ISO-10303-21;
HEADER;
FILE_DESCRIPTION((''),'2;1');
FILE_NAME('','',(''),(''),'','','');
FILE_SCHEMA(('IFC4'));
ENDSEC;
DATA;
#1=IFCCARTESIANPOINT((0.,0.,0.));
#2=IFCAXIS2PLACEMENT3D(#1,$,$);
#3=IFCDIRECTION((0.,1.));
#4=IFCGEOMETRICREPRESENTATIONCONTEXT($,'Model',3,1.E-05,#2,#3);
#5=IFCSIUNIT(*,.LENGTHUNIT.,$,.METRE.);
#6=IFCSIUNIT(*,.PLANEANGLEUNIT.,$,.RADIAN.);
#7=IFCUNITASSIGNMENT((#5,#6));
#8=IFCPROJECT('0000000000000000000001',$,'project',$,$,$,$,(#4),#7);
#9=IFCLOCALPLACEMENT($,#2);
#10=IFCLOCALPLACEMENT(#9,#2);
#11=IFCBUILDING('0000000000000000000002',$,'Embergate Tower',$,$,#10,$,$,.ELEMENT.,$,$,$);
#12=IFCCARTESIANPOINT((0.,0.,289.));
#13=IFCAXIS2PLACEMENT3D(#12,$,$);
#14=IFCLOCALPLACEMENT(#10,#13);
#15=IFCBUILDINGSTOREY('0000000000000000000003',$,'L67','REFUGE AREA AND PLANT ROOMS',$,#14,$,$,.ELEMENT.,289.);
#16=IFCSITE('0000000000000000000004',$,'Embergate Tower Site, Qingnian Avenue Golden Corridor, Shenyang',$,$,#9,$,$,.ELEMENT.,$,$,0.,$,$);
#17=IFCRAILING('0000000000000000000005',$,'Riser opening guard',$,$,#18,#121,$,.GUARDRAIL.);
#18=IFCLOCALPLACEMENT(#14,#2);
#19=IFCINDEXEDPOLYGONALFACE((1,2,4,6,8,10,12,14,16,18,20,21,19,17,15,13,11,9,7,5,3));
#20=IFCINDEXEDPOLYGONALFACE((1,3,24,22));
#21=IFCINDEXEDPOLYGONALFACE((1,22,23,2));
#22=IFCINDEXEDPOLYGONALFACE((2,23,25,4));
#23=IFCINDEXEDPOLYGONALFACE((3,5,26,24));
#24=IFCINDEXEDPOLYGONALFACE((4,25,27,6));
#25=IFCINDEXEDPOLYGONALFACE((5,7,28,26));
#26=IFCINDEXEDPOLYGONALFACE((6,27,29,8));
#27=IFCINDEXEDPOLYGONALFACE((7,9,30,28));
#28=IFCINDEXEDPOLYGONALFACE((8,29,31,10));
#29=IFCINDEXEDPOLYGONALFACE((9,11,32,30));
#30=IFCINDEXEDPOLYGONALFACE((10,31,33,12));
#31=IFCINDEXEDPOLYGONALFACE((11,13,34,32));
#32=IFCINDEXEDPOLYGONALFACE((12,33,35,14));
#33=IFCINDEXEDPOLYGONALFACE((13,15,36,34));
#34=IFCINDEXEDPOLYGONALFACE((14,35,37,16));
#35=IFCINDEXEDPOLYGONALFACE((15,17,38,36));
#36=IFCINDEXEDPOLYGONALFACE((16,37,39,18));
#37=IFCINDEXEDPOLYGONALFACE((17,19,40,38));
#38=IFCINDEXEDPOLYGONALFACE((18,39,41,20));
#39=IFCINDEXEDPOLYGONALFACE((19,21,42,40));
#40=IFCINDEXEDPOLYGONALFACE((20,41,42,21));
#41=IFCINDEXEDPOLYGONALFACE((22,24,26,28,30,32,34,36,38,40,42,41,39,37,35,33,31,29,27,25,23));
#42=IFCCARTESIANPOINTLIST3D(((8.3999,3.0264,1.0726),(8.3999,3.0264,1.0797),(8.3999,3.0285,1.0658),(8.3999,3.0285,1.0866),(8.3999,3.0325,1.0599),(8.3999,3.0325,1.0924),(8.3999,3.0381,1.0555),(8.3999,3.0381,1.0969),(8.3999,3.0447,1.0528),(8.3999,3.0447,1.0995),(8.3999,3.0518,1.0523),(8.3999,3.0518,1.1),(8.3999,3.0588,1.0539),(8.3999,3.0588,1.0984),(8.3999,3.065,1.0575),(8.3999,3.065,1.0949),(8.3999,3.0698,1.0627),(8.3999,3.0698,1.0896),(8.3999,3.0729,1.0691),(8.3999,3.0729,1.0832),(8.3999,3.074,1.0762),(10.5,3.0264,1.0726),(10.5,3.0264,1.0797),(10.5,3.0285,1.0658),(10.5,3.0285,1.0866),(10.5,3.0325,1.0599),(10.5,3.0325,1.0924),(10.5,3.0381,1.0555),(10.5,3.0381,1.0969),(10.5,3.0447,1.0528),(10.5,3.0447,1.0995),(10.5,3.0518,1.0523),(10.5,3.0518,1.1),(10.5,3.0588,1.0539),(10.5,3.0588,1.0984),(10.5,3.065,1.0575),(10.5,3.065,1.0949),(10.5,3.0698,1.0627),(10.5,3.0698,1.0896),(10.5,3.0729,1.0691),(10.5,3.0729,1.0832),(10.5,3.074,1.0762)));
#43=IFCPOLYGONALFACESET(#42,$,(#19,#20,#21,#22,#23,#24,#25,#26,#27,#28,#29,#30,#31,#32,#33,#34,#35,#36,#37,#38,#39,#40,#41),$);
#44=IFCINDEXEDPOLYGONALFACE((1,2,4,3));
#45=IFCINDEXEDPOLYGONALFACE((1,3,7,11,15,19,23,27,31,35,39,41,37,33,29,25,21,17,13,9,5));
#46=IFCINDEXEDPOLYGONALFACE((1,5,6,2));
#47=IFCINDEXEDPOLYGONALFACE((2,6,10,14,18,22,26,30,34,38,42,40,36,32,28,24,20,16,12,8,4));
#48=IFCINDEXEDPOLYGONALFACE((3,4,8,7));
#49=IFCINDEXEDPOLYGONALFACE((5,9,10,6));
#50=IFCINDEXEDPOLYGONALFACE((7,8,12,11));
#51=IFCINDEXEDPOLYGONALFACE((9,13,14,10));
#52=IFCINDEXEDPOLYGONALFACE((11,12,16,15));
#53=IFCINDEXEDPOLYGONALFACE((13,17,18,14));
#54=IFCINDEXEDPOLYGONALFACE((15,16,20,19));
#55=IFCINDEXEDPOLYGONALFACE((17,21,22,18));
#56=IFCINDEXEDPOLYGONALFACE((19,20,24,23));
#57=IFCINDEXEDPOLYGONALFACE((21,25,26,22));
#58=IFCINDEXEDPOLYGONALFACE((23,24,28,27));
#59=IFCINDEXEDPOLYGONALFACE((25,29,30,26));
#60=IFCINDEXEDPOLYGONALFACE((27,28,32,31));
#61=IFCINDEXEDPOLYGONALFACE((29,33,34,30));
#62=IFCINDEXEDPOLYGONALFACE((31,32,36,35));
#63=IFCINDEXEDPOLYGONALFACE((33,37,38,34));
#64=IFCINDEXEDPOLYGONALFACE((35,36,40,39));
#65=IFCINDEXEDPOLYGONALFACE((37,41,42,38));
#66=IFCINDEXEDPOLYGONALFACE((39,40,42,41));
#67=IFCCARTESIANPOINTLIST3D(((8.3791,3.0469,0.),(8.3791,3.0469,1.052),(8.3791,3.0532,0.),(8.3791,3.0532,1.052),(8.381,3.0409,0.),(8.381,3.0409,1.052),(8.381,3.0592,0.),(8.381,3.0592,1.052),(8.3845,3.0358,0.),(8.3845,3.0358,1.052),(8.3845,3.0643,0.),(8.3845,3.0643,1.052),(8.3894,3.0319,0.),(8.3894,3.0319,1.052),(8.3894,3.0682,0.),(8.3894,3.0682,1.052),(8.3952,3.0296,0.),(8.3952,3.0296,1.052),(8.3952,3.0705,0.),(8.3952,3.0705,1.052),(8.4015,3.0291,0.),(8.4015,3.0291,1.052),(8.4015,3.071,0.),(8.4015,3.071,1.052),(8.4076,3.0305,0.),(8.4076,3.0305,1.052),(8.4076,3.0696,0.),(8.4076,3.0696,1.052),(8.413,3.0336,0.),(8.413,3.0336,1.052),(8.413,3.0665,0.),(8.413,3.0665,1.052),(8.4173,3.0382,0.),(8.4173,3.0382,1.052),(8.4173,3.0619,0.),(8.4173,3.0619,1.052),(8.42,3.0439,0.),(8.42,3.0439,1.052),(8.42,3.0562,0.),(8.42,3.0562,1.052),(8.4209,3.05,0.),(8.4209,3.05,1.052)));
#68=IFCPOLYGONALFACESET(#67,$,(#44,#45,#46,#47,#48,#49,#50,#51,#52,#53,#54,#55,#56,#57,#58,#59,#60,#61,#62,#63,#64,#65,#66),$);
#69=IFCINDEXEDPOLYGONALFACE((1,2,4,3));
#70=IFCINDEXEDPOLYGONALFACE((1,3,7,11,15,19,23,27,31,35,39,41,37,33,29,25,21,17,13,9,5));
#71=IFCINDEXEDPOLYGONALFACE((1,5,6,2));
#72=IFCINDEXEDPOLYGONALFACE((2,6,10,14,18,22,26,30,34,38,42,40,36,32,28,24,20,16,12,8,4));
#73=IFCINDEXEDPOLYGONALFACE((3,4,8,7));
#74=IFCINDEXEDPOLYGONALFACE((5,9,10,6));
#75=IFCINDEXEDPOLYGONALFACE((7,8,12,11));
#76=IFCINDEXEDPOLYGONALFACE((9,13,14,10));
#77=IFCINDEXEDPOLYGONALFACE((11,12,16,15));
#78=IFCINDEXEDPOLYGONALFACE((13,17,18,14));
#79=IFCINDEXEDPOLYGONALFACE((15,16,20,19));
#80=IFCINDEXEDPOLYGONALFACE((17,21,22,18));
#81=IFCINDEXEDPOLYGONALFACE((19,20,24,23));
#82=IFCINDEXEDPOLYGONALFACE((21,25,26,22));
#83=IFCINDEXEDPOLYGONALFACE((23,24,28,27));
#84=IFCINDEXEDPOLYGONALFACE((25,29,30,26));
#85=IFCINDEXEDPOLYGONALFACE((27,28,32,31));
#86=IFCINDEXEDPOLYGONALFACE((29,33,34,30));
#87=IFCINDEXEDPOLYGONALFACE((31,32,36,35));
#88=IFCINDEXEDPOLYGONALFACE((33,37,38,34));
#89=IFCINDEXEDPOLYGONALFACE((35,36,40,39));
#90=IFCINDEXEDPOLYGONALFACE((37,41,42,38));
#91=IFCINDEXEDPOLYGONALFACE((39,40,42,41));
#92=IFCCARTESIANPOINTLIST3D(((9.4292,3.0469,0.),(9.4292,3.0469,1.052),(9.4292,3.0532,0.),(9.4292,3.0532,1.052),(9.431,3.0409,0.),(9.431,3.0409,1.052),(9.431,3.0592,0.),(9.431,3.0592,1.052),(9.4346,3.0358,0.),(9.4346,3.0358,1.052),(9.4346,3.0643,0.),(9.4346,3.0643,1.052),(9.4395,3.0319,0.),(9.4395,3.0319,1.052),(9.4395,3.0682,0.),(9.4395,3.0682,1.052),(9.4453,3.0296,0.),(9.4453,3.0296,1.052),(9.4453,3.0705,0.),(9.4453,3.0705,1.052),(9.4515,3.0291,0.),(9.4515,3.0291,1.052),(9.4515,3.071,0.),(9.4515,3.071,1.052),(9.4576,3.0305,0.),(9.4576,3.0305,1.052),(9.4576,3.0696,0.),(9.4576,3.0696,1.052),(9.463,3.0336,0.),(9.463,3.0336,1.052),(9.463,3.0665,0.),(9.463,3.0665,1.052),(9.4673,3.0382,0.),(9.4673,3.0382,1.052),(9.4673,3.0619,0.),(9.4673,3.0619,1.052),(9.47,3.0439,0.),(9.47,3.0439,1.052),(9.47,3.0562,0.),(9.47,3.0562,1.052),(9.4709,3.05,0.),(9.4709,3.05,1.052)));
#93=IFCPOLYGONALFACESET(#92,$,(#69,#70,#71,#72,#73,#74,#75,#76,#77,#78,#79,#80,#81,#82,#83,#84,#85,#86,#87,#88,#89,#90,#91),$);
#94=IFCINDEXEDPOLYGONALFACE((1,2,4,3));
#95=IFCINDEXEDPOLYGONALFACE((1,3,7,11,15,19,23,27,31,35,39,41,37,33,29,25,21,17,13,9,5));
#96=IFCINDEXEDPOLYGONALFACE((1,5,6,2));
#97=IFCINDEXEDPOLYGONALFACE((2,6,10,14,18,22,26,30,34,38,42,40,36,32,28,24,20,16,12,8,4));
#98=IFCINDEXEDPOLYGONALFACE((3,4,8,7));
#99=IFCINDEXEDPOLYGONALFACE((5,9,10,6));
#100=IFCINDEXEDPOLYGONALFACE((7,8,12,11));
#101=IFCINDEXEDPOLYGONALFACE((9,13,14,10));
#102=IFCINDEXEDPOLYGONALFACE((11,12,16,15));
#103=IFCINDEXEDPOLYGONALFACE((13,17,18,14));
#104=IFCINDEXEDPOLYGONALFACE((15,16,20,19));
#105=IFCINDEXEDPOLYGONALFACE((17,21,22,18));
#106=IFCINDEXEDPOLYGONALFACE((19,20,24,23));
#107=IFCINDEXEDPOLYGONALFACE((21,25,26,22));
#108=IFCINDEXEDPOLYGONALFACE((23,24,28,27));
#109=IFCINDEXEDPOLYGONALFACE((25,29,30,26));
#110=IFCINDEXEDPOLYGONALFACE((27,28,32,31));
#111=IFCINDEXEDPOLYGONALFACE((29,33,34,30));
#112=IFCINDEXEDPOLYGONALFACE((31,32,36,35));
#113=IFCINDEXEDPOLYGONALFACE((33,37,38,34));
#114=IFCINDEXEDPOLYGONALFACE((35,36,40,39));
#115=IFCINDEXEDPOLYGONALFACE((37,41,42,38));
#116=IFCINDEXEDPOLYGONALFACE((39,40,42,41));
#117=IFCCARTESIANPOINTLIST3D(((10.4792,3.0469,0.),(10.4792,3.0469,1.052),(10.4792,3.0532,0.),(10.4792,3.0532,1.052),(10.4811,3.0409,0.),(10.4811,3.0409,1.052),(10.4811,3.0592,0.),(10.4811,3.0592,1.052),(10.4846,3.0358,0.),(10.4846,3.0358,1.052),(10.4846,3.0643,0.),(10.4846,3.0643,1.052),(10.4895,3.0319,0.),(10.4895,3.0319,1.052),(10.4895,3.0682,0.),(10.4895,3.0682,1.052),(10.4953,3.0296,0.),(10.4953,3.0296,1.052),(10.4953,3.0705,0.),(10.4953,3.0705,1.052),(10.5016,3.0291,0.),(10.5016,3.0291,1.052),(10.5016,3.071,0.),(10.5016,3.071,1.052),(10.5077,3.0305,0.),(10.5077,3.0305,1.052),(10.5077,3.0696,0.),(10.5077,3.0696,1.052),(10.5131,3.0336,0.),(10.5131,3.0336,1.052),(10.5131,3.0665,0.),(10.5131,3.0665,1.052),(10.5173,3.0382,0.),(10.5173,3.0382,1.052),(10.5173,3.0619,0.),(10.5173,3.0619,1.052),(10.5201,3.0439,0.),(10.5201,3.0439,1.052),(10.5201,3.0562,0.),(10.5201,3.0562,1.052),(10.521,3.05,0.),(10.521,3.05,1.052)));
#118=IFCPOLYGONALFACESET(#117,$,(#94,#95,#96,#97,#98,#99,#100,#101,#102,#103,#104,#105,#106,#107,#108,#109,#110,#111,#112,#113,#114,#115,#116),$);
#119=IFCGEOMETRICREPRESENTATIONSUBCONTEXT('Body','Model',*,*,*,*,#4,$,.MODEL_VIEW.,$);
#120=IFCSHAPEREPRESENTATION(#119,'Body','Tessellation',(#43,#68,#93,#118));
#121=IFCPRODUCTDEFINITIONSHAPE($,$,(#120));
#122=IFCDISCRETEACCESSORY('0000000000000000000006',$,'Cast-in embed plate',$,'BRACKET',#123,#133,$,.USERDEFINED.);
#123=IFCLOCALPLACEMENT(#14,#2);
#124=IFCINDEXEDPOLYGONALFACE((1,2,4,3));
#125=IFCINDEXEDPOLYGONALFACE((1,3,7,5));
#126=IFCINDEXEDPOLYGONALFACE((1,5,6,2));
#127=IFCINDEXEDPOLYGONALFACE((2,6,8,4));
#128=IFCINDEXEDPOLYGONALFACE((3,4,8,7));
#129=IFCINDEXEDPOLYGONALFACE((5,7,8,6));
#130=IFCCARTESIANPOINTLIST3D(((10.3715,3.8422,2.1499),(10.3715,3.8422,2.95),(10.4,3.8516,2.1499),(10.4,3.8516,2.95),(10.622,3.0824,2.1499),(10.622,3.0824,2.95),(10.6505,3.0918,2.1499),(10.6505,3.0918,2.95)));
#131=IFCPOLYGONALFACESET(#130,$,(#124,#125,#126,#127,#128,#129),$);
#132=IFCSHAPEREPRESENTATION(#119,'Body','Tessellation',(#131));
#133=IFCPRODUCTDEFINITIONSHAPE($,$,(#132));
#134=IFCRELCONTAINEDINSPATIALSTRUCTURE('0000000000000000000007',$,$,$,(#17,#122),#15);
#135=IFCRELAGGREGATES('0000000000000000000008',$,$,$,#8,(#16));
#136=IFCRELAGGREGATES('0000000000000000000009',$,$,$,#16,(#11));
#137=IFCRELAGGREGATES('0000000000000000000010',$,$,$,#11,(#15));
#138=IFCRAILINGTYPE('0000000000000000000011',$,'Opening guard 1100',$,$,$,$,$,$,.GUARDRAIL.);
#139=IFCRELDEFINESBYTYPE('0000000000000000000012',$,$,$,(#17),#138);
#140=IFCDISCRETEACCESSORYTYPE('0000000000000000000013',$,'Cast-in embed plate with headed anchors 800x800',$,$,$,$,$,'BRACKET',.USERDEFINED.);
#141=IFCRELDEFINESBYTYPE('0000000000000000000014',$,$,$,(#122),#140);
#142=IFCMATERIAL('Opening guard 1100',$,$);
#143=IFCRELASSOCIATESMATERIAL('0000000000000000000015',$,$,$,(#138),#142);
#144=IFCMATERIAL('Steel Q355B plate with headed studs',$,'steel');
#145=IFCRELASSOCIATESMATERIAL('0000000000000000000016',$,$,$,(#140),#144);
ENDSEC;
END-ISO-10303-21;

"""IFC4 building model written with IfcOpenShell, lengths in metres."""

from ifc_helpers import new_model, si_unit, direction, frame, origin, origin_2d, place, context, subcontext, project, spatial, rectangle, circle, extrude, source, transform, mapped, material, type_object, element, save


model = new_model("IFC4")

# Units and contexts
model_context = context("Model", 3, precision=1e-05, world=origin(), true_north=direction((0.0, 1.0)))
body_context = subcontext(model_context, "Body", "Model", "MODEL_VIEW")
ifc_project = project(units=[si_unit("LENGTHUNIT", "METRE"), si_unit("PLANEANGLEUNIT", "RADIAN")], contexts=[model_context])

# Site, building, storey
site_placement = place(None, origin())
site = spatial("IfcSite", under=ifc_project, at=site_placement, Name="Embergate Tower Site, Qingnian Avenue Golden Corridor, Shenyang", CompositionType="ELEMENT", RefElevation=0.0)
building_placement = place(site_placement, origin())
building = spatial("IfcBuilding", under=site, at=building_placement, Name="Embergate Tower", CompositionType="ELEMENT")
storey_placement = place(building_placement, frame((0.0, 0.0, 289.0)))
storey = spatial("IfcBuildingStorey", under=building, at=storey_placement, Name="L67", Description="REFUGE AREA AND PLANT ROOMS", CompositionType="ELEMENT", Elevation=289.0)

# Railing
ifc_material_1 = material(Name="Opening guard 1100")
railing_type = type_object("IfcRailingType", Name="Opening guard 1100", PredefinedType="GUARDRAIL", material=ifc_material_1)
shared_shape_1 = source(origin(), body_context, "Body", "SweptSolid", [
    extrude(circle(Radius=0.0239, at=origin_2d()), frame((0.0, 0.0, 1.0762), z_axis=(1.0, 0.0, 0.0), x_axis=(0.0, 1.0, 0.0)), (0.0, 0.0, 1.0), 2.1001),
    extrude(circle(Radius=0.021, at=origin_2d()), origin(), (0.0, 0.0, 1.0), 1.052),
    extrude(circle(Radius=0.021, at=origin_2d()), frame((1.05, 0.0, 0.0)), (0.0, 0.0, 1.0), 1.052),
    extrude(circle(Radius=0.021, at=origin_2d()), frame((2.1001, 0.0, 0.0)), (0.0, 0.0, 1.0), 1.052),
])
railing_1_placement = place(storey_placement, frame((8.3999, 3.05, 0.0)))
element("IfcRailing", 1, at=railing_1_placement, inside=storey, type_object=railing_type, Name="Riser opening guard", PredefinedType="GUARDRAIL", context=body_context, shape_type="MappedRepresentation", body=[
    mapped(shared_shape_1, transform((0.0, 0.0, 0.0))),
])

# Discrete accessory
ifc_material_2 = material(Name="Steel Q355B plate with headed studs", Category="steel")
discrete_accessory_type = type_object("IfcDiscreteAccessoryType", Name="Cast-in embed plate with headed anchors 800x800", ElementType="BRACKET", PredefinedType="USERDEFINED", material=ifc_material_2)
shared_shape_2 = source(origin(), body_context, "Body", "SweptSolid", [
    extrude(rectangle(XDim=0.03, YDim=0.8, at=origin_2d()), origin(), (0.0, 0.0, 1.0), 0.8),
])
discrete_accessory_placement = place(storey_placement, frame((10.511, 3.467, 2.1499), z_axis=(0.0, 0.0, 1.0), x_axis=(0.949699, 0.313164, 0.0)))
element("IfcDiscreteAccessory", 2, at=discrete_accessory_placement, inside=storey, type_object=discrete_accessory_type, Name="Cast-in embed plate", ObjectType="BRACKET", PredefinedType="USERDEFINED", context=body_context, shape_type="MappedRepresentation", body=[
    mapped(shared_shape_2, transform((0.0, 0.0, 0.0))),
])

save(model, "model.ifc")
